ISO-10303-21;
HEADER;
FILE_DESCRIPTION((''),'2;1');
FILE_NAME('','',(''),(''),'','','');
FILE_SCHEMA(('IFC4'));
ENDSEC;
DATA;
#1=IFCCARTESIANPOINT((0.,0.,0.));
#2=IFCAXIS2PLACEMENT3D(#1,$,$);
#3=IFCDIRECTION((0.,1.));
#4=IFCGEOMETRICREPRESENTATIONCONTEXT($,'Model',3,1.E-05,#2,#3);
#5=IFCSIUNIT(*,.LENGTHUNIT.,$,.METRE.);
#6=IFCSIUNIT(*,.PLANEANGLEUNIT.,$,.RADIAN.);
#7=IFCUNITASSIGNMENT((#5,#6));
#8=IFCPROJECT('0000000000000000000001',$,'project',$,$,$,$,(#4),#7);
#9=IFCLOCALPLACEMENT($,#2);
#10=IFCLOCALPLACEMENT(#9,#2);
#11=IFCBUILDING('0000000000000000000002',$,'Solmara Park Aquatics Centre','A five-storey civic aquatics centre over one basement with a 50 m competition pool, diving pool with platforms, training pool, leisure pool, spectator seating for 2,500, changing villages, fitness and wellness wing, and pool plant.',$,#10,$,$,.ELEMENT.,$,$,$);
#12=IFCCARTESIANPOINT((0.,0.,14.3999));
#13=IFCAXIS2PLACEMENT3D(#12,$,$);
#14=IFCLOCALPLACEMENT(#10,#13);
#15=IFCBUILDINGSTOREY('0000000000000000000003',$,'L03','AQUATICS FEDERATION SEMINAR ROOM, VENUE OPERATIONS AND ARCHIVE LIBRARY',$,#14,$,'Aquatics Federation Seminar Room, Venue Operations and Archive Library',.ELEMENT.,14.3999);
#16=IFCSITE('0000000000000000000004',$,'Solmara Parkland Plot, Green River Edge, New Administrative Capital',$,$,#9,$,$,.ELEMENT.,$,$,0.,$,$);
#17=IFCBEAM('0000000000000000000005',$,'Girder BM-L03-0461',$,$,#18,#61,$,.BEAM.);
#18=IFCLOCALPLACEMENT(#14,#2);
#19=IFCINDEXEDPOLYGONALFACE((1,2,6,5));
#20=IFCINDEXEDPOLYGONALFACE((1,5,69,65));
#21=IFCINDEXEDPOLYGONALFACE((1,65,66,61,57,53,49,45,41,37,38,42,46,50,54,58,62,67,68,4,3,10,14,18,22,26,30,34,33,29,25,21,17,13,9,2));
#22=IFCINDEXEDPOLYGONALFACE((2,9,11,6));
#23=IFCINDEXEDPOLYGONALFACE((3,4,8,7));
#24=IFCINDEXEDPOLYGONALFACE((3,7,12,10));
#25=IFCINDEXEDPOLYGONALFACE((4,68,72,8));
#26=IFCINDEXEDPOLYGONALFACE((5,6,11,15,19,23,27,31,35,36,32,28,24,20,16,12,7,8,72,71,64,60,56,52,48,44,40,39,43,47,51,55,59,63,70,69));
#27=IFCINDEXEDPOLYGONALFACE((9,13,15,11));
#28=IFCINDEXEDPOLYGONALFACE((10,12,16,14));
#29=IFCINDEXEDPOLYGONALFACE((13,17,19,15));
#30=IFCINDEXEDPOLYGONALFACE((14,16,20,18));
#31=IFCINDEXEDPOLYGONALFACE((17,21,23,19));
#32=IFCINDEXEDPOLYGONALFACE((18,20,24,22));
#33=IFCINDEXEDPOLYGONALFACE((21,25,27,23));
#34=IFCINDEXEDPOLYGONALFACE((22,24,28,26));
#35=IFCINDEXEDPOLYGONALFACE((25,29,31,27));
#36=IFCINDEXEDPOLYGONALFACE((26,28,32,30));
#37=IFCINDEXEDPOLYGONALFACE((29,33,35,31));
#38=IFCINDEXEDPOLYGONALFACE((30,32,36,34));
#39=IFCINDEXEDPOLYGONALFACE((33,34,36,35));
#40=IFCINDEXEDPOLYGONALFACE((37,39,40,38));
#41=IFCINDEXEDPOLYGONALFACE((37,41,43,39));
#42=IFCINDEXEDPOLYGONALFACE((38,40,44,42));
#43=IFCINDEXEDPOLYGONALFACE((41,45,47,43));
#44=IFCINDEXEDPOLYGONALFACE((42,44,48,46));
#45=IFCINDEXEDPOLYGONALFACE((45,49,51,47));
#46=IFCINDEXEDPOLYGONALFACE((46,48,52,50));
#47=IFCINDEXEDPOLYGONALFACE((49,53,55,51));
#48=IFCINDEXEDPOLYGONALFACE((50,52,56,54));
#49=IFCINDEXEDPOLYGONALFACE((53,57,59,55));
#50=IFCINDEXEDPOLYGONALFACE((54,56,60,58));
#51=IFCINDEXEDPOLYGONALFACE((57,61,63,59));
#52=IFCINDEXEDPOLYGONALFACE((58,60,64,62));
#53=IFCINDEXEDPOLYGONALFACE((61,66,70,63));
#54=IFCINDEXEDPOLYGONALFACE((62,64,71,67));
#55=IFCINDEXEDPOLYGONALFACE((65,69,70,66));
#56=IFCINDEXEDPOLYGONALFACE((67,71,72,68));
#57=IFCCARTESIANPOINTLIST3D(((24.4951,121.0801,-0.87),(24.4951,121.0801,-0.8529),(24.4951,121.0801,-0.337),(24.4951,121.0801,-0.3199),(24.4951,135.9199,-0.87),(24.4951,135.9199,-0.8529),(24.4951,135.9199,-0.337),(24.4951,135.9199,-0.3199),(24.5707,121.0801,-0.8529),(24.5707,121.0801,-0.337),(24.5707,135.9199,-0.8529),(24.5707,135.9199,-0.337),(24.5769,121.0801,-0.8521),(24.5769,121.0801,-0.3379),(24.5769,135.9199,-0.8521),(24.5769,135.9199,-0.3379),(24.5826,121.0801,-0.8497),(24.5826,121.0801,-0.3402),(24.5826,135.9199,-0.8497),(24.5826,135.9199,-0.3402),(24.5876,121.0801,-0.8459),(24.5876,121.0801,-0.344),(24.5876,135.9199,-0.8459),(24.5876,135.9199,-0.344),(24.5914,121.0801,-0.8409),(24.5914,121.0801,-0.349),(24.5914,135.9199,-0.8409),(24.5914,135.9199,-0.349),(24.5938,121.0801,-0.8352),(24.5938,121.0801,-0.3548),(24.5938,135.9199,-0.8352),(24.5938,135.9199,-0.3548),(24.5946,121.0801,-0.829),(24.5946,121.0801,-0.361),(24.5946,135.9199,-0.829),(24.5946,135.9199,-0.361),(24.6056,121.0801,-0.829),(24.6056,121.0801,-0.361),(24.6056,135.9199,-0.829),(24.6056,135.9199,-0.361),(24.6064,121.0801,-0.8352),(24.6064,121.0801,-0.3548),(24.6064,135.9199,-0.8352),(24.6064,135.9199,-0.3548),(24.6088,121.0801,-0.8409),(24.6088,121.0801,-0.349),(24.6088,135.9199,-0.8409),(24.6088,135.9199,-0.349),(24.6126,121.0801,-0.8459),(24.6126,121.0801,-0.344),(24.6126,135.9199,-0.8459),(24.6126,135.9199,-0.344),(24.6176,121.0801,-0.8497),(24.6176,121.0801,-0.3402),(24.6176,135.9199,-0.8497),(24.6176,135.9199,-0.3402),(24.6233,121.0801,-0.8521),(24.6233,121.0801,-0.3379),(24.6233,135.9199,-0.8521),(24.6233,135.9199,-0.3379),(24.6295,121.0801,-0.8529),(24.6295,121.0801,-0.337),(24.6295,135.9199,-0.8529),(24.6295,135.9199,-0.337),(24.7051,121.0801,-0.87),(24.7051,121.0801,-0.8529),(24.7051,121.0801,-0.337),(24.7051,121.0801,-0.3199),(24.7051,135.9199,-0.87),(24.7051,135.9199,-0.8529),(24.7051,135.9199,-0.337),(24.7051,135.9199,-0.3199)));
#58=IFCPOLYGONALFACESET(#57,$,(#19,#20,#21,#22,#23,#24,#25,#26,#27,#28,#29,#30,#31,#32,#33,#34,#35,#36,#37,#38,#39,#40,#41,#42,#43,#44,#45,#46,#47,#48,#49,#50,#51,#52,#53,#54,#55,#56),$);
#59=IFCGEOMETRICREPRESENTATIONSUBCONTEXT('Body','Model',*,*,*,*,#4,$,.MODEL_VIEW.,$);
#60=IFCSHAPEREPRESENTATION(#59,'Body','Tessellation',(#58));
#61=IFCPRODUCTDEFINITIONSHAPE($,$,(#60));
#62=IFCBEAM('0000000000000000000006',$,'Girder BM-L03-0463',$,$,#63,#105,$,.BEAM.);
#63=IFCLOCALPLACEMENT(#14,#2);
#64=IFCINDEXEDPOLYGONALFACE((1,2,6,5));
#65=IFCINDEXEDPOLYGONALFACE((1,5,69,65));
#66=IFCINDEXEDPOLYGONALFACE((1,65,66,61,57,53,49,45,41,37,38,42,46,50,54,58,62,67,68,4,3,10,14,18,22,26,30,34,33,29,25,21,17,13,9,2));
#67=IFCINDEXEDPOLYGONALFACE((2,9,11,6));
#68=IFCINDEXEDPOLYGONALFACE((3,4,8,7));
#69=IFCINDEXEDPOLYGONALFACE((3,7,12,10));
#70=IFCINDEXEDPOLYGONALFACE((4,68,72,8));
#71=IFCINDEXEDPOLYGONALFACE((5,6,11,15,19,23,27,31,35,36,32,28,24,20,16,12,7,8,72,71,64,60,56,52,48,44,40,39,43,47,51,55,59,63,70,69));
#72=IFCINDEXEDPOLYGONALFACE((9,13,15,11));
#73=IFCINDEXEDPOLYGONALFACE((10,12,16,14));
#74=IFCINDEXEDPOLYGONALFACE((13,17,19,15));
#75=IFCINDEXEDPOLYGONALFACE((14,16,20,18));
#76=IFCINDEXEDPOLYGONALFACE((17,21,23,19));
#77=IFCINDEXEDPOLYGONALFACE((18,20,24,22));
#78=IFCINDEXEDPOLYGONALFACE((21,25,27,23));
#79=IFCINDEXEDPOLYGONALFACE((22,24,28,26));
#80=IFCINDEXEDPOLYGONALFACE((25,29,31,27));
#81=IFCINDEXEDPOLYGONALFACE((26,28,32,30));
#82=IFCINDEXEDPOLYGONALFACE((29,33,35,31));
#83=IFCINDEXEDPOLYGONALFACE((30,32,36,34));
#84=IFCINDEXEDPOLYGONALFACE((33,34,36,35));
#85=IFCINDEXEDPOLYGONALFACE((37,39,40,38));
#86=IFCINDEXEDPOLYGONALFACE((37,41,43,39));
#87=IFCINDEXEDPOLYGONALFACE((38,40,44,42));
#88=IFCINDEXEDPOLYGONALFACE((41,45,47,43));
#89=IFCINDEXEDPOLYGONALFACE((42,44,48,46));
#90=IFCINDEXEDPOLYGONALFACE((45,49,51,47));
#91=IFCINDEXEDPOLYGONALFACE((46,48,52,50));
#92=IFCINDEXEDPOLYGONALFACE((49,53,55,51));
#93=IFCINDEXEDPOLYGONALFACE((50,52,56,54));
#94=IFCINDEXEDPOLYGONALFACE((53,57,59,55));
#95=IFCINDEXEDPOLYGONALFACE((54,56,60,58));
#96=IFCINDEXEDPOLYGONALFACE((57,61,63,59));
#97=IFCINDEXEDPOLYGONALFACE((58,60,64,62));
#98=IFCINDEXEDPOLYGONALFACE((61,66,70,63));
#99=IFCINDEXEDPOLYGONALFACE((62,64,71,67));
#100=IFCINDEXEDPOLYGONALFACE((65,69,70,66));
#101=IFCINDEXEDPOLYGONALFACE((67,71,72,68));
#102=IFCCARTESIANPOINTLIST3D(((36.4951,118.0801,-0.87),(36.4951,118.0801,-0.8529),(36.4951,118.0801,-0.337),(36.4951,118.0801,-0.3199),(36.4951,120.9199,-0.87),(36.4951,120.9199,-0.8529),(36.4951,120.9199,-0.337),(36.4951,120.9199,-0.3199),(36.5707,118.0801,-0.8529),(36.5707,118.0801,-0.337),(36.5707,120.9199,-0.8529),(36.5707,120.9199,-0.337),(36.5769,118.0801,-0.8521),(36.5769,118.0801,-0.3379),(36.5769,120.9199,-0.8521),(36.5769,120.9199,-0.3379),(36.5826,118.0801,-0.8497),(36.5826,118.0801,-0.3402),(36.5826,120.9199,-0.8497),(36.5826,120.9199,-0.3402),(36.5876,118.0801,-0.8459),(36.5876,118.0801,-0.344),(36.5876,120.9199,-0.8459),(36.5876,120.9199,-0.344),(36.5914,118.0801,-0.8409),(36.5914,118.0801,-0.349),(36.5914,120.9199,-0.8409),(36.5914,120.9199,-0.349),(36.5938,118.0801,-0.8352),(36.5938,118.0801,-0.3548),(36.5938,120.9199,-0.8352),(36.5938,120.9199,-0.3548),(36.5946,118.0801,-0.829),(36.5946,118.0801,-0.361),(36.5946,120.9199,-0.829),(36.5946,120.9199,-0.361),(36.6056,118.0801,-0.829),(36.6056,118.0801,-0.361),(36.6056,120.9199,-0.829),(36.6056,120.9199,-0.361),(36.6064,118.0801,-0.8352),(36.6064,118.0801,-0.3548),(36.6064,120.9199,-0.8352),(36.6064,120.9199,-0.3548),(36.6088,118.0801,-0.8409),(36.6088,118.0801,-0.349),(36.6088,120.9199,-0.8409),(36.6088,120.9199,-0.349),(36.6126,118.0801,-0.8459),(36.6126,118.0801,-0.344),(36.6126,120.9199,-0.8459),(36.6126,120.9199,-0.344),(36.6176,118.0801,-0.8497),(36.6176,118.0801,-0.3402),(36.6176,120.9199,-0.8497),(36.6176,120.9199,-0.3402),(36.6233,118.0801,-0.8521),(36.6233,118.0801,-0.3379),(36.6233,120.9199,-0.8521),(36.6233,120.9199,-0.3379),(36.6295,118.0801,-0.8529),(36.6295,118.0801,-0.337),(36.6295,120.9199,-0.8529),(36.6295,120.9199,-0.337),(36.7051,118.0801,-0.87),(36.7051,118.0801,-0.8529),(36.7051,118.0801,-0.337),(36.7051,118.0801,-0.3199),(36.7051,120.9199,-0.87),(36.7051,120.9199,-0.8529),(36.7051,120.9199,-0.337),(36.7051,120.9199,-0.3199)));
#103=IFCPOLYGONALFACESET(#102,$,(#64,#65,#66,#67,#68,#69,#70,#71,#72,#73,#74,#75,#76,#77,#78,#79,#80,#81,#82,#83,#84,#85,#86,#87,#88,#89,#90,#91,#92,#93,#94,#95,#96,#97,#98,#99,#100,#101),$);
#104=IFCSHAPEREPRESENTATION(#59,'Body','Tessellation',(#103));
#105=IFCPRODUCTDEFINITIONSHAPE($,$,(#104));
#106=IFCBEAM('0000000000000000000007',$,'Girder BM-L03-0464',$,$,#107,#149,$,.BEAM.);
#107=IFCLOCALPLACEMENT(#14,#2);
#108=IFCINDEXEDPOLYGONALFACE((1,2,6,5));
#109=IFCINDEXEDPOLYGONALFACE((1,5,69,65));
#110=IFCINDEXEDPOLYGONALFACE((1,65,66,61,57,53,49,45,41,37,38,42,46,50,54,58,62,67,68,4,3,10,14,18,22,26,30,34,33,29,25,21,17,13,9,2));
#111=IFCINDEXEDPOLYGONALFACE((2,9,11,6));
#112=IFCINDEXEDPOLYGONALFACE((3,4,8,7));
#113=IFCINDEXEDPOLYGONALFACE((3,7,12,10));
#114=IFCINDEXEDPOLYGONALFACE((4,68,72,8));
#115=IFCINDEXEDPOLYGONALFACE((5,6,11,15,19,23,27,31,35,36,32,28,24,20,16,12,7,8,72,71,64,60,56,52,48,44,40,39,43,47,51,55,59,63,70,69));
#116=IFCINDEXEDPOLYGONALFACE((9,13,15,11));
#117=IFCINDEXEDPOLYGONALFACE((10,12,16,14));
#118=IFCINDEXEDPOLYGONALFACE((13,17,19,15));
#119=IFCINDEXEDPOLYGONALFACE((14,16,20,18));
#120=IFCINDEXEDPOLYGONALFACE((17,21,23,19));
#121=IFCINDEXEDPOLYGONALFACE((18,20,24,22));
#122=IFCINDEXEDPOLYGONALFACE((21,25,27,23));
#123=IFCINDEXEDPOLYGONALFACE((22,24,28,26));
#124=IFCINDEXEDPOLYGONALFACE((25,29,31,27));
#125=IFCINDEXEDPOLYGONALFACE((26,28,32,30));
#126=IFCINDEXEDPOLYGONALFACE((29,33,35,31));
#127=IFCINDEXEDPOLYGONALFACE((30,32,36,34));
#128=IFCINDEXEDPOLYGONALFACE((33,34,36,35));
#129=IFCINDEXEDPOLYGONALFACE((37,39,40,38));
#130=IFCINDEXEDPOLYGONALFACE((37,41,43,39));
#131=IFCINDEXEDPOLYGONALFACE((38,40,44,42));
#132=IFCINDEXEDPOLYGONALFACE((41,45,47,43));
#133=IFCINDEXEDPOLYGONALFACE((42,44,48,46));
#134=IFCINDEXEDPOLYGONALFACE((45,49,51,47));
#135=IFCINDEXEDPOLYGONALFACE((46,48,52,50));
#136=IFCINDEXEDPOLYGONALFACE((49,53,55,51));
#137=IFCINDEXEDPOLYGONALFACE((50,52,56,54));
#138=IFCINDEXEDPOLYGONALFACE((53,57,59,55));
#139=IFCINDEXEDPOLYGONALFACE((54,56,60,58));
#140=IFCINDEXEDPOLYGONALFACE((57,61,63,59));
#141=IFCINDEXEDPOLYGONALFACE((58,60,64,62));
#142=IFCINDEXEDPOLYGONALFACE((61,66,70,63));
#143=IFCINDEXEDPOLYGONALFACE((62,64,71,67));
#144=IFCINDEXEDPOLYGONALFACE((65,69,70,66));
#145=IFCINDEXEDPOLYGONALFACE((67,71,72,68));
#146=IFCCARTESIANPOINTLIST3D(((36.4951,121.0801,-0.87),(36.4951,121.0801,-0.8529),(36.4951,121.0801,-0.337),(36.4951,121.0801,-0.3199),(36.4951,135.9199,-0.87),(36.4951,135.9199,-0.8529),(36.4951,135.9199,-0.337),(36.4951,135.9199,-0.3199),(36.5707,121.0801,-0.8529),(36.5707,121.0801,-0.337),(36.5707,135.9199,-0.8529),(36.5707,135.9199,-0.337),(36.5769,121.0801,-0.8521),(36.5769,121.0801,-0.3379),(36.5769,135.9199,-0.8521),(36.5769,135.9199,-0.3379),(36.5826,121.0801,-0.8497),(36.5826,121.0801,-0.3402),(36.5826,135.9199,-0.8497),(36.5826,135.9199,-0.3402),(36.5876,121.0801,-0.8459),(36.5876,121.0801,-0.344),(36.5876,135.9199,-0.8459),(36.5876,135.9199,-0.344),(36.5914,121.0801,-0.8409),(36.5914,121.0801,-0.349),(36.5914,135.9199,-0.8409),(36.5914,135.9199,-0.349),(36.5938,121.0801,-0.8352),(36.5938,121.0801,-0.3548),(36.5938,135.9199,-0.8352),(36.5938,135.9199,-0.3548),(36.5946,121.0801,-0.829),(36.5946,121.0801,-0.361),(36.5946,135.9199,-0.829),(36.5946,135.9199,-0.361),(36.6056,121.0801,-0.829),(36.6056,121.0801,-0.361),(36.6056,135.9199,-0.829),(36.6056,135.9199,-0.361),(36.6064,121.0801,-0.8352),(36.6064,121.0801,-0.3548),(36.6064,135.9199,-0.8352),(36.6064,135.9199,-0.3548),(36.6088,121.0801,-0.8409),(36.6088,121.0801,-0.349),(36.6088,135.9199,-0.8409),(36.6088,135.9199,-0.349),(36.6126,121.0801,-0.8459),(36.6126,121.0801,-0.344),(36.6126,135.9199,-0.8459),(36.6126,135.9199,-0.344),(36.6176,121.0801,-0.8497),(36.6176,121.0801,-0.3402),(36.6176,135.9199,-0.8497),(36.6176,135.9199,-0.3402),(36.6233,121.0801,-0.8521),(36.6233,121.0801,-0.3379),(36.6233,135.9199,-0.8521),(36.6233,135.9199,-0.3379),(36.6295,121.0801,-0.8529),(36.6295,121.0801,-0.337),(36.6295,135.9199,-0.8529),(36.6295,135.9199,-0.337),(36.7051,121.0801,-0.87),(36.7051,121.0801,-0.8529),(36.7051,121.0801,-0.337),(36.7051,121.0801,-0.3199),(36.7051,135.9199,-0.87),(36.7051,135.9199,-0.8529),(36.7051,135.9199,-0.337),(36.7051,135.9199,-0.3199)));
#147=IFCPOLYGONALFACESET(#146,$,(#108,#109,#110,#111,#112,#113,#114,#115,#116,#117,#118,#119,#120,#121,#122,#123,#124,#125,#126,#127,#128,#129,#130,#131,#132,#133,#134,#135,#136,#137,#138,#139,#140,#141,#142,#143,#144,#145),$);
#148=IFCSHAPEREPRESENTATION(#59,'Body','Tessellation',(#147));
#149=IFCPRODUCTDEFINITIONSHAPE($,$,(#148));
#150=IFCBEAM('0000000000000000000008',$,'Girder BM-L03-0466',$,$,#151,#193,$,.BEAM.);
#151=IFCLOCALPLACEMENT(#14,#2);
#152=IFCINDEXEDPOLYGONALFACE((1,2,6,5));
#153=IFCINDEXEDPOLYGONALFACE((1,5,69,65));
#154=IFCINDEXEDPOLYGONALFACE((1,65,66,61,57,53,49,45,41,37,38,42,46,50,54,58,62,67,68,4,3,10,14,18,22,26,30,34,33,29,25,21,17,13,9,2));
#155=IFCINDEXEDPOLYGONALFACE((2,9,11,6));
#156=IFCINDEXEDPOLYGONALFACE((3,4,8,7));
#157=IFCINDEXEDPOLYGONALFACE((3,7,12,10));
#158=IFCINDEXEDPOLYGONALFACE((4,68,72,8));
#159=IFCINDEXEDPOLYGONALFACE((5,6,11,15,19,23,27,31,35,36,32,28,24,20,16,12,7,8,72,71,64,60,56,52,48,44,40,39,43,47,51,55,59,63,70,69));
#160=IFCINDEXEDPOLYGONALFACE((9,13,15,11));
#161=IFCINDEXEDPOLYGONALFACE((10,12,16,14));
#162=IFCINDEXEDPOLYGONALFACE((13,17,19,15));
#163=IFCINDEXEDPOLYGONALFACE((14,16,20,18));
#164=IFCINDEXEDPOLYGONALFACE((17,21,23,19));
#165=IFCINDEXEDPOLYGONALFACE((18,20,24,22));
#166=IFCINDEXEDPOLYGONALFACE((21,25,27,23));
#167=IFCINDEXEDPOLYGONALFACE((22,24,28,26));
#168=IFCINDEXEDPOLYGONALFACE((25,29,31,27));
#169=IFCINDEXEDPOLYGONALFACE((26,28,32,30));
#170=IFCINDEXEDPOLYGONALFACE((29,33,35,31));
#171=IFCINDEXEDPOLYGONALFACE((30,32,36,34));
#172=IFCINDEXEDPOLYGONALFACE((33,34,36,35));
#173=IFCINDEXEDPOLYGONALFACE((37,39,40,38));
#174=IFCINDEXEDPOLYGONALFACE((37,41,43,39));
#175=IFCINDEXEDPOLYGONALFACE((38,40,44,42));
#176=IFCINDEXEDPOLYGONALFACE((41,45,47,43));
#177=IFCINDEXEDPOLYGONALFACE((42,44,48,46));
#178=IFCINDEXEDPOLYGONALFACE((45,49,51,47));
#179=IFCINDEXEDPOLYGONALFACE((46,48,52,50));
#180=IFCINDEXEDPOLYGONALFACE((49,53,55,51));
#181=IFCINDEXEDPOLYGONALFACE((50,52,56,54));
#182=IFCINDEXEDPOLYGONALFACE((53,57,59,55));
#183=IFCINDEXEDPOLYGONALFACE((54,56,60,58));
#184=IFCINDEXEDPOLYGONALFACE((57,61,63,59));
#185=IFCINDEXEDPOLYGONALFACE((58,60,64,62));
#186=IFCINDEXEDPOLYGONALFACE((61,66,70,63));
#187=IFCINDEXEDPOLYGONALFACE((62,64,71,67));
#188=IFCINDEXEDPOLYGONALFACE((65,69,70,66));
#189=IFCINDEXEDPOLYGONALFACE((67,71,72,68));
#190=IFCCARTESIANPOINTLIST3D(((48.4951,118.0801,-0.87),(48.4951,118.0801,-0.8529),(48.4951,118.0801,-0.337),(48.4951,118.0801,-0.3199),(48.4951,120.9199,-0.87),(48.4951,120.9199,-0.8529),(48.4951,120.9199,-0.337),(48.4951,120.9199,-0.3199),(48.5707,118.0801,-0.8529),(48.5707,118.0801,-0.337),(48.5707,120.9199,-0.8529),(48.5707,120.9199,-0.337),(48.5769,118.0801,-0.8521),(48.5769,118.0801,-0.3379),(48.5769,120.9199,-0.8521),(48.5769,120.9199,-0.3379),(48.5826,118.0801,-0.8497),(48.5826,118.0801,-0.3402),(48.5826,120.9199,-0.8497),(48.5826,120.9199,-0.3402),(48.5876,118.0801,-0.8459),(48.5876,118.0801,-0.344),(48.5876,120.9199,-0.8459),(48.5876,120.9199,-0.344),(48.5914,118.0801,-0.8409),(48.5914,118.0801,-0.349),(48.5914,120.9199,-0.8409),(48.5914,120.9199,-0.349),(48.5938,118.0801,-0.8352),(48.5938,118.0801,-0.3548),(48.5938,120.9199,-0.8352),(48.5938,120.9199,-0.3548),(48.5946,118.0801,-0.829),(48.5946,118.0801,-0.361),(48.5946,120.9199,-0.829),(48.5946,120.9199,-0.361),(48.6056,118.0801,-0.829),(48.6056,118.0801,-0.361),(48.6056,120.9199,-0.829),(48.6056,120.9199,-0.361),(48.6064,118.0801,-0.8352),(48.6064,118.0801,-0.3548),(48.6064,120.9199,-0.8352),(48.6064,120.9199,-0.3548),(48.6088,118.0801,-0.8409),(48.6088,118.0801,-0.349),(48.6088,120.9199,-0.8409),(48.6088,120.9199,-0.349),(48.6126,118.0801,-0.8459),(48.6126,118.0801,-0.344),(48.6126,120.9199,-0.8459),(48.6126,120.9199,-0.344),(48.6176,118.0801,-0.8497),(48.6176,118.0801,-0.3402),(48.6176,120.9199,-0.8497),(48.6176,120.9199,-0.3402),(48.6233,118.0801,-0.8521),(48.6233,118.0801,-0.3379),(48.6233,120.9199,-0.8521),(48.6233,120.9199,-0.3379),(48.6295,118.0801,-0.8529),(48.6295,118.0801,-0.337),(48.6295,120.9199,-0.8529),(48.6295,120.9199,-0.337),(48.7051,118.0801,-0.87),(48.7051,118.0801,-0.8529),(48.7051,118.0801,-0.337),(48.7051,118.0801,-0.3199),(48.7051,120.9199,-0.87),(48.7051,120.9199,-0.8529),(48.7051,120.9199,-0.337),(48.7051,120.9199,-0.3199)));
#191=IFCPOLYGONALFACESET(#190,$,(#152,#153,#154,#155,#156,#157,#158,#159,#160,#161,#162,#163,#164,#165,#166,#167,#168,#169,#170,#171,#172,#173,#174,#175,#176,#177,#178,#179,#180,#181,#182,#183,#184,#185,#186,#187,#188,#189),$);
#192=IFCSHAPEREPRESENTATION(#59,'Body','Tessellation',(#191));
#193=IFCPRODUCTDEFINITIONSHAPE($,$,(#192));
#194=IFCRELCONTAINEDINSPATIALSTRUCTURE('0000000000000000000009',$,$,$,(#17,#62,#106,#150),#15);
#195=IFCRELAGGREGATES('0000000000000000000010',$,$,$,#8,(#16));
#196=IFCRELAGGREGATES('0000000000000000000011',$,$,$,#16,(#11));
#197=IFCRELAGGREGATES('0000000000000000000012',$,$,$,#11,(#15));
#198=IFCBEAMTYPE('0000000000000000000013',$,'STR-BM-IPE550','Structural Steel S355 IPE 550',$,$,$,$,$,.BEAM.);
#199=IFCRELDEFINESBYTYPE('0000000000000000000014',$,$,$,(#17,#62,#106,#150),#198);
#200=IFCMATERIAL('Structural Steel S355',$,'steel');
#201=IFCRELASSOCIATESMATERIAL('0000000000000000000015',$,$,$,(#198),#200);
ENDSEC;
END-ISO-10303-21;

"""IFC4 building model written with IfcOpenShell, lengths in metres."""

from ifc_helpers import new_model, si_unit, direction, frame, origin, origin_2d, place, context, subcontext, project, spatial, i_section, extrude, material, material_profile, profile_set, type_object, element, save


model = new_model("IFC4")

# Units and contexts
model_context = context("Model", 3, precision=1e-05, world=origin(), true_north=direction((0.0, 1.0)))
body_context = subcontext(model_context, "Body", "Model", "MODEL_VIEW")
ifc_project = project(units=[si_unit("LENGTHUNIT", "METRE"), si_unit("PLANEANGLEUNIT", "RADIAN")], contexts=[model_context])

# Site, building, storey
site_placement = place(None, origin())
site = spatial("IfcSite", under=ifc_project, at=site_placement, Name="Solmara Parkland Plot, Green River Edge, New Administrative Capital", CompositionType="ELEMENT", RefElevation=0.0)
building_placement = place(site_placement, origin())
building = spatial("IfcBuilding", under=site, at=building_placement, Name="Solmara Park Aquatics Centre", Description="A five-storey civic aquatics centre over one basement with a 50 m competition pool, diving pool with platforms, training pool, leisure pool, spectator seating for 2,500, changing villages, fitness and wellness wing, and pool plant.", CompositionType="ELEMENT")
storey_placement = place(building_placement, frame((0.0, 0.0, 14.3999)))
storey = spatial("IfcBuildingStorey", under=building, at=storey_placement, Name="L03", Description="AQUATICS FEDERATION SEMINAR ROOM, VENUE OPERATIONS AND ARCHIVE LIBRARY", LongName="Aquatics Federation Seminar Room, Venue Operations and Archive Library", CompositionType="ELEMENT", Elevation=14.3999)

# Beams
ifc_material_1 = material(Name="Structural Steel S355", Category="steel")
ifc_material_profile_1 = material_profile(ifc_material_1, i_section(OverallWidth=0.21, OverallDepth=0.55, WebThickness=0.011, FlangeThickness=0.0171, FilletRadius=0.0239, at=origin_2d()), Name="IPE 550")
ifc_profile_set_1 = profile_set([ifc_material_profile_1], Name="Structural Steel S355")
beam_type_1 = type_object("IfcBeamType", Name="STR-BM-IPE550", Description="Structural Steel S355 IPE 550", PredefinedType="BEAM", material=ifc_profile_set_1)
beam_1_placement = place(storey_placement, frame((24.6001, 121.0801, -0.595), z_axis=(0.0, 1.0, 0.0), x_axis=(-1.0, 0.0, 0.0)))
element("IfcBeam", 1, at=beam_1_placement, inside=storey, type_object=beam_type_1, Name="Girder BM-L03-0461", PredefinedType="BEAM", context=body_context, shape_type="SweptSolid", body=[
    extrude(i_section(OverallWidth=0.21, OverallDepth=0.55, WebThickness=0.011, FlangeThickness=0.0171, FilletRadius=0.0239, at=origin_2d()), origin(), (0.0, 0.0, 1.0), 14.8398),
])
beam_2_placement = place(storey_placement, frame((36.6001, 118.0801, -0.595), z_axis=(0.0, 1.0, 0.0), x_axis=(-1.0, 0.0, 0.0)))
element("IfcBeam", 2, at=beam_2_placement, inside=storey, type_object=beam_type_1, Name="Girder BM-L03-0463", PredefinedType="BEAM", context=body_context, shape_type="SweptSolid", body=[
    extrude(i_section(OverallWidth=0.21, OverallDepth=0.55, WebThickness=0.011, FlangeThickness=0.0171, FilletRadius=0.0239, at=origin_2d()), origin(), (0.0, 0.0, 1.0), 2.8398),
])
beam_3_placement = place(storey_placement, frame((36.6001, 121.0801, -0.595), z_axis=(0.0, 1.0, 0.0), x_axis=(-1.0, 0.0, 0.0)))
element("IfcBeam", 3, at=beam_3_placement, inside=storey, type_object=beam_type_1, Name="Girder BM-L03-0464", PredefinedType="BEAM", context=body_context, shape_type="SweptSolid", body=[
    extrude(i_section(OverallWidth=0.21, OverallDepth=0.55, WebThickness=0.011, FlangeThickness=0.0171, FilletRadius=0.0239, at=origin_2d()), origin(), (0.0, 0.0, 1.0), 14.8398),
])
beam_4_placement = place(storey_placement, frame((48.6001, 118.0801, -0.595), z_axis=(0.0, 1.0, 0.0), x_axis=(-1.0, 0.0, 0.0)))
element("IfcBeam", 4, at=beam_4_placement, inside=storey, type_object=beam_type_1, Name="Girder BM-L03-0466", PredefinedType="BEAM", context=body_context, shape_type="SweptSolid", body=[
    extrude(i_section(OverallWidth=0.21, OverallDepth=0.55, WebThickness=0.011, FlangeThickness=0.0171, FilletRadius=0.0239, at=origin_2d()), origin(), (0.0, 0.0, 1.0), 2.8398),
])

save(model, "model.ifc")
